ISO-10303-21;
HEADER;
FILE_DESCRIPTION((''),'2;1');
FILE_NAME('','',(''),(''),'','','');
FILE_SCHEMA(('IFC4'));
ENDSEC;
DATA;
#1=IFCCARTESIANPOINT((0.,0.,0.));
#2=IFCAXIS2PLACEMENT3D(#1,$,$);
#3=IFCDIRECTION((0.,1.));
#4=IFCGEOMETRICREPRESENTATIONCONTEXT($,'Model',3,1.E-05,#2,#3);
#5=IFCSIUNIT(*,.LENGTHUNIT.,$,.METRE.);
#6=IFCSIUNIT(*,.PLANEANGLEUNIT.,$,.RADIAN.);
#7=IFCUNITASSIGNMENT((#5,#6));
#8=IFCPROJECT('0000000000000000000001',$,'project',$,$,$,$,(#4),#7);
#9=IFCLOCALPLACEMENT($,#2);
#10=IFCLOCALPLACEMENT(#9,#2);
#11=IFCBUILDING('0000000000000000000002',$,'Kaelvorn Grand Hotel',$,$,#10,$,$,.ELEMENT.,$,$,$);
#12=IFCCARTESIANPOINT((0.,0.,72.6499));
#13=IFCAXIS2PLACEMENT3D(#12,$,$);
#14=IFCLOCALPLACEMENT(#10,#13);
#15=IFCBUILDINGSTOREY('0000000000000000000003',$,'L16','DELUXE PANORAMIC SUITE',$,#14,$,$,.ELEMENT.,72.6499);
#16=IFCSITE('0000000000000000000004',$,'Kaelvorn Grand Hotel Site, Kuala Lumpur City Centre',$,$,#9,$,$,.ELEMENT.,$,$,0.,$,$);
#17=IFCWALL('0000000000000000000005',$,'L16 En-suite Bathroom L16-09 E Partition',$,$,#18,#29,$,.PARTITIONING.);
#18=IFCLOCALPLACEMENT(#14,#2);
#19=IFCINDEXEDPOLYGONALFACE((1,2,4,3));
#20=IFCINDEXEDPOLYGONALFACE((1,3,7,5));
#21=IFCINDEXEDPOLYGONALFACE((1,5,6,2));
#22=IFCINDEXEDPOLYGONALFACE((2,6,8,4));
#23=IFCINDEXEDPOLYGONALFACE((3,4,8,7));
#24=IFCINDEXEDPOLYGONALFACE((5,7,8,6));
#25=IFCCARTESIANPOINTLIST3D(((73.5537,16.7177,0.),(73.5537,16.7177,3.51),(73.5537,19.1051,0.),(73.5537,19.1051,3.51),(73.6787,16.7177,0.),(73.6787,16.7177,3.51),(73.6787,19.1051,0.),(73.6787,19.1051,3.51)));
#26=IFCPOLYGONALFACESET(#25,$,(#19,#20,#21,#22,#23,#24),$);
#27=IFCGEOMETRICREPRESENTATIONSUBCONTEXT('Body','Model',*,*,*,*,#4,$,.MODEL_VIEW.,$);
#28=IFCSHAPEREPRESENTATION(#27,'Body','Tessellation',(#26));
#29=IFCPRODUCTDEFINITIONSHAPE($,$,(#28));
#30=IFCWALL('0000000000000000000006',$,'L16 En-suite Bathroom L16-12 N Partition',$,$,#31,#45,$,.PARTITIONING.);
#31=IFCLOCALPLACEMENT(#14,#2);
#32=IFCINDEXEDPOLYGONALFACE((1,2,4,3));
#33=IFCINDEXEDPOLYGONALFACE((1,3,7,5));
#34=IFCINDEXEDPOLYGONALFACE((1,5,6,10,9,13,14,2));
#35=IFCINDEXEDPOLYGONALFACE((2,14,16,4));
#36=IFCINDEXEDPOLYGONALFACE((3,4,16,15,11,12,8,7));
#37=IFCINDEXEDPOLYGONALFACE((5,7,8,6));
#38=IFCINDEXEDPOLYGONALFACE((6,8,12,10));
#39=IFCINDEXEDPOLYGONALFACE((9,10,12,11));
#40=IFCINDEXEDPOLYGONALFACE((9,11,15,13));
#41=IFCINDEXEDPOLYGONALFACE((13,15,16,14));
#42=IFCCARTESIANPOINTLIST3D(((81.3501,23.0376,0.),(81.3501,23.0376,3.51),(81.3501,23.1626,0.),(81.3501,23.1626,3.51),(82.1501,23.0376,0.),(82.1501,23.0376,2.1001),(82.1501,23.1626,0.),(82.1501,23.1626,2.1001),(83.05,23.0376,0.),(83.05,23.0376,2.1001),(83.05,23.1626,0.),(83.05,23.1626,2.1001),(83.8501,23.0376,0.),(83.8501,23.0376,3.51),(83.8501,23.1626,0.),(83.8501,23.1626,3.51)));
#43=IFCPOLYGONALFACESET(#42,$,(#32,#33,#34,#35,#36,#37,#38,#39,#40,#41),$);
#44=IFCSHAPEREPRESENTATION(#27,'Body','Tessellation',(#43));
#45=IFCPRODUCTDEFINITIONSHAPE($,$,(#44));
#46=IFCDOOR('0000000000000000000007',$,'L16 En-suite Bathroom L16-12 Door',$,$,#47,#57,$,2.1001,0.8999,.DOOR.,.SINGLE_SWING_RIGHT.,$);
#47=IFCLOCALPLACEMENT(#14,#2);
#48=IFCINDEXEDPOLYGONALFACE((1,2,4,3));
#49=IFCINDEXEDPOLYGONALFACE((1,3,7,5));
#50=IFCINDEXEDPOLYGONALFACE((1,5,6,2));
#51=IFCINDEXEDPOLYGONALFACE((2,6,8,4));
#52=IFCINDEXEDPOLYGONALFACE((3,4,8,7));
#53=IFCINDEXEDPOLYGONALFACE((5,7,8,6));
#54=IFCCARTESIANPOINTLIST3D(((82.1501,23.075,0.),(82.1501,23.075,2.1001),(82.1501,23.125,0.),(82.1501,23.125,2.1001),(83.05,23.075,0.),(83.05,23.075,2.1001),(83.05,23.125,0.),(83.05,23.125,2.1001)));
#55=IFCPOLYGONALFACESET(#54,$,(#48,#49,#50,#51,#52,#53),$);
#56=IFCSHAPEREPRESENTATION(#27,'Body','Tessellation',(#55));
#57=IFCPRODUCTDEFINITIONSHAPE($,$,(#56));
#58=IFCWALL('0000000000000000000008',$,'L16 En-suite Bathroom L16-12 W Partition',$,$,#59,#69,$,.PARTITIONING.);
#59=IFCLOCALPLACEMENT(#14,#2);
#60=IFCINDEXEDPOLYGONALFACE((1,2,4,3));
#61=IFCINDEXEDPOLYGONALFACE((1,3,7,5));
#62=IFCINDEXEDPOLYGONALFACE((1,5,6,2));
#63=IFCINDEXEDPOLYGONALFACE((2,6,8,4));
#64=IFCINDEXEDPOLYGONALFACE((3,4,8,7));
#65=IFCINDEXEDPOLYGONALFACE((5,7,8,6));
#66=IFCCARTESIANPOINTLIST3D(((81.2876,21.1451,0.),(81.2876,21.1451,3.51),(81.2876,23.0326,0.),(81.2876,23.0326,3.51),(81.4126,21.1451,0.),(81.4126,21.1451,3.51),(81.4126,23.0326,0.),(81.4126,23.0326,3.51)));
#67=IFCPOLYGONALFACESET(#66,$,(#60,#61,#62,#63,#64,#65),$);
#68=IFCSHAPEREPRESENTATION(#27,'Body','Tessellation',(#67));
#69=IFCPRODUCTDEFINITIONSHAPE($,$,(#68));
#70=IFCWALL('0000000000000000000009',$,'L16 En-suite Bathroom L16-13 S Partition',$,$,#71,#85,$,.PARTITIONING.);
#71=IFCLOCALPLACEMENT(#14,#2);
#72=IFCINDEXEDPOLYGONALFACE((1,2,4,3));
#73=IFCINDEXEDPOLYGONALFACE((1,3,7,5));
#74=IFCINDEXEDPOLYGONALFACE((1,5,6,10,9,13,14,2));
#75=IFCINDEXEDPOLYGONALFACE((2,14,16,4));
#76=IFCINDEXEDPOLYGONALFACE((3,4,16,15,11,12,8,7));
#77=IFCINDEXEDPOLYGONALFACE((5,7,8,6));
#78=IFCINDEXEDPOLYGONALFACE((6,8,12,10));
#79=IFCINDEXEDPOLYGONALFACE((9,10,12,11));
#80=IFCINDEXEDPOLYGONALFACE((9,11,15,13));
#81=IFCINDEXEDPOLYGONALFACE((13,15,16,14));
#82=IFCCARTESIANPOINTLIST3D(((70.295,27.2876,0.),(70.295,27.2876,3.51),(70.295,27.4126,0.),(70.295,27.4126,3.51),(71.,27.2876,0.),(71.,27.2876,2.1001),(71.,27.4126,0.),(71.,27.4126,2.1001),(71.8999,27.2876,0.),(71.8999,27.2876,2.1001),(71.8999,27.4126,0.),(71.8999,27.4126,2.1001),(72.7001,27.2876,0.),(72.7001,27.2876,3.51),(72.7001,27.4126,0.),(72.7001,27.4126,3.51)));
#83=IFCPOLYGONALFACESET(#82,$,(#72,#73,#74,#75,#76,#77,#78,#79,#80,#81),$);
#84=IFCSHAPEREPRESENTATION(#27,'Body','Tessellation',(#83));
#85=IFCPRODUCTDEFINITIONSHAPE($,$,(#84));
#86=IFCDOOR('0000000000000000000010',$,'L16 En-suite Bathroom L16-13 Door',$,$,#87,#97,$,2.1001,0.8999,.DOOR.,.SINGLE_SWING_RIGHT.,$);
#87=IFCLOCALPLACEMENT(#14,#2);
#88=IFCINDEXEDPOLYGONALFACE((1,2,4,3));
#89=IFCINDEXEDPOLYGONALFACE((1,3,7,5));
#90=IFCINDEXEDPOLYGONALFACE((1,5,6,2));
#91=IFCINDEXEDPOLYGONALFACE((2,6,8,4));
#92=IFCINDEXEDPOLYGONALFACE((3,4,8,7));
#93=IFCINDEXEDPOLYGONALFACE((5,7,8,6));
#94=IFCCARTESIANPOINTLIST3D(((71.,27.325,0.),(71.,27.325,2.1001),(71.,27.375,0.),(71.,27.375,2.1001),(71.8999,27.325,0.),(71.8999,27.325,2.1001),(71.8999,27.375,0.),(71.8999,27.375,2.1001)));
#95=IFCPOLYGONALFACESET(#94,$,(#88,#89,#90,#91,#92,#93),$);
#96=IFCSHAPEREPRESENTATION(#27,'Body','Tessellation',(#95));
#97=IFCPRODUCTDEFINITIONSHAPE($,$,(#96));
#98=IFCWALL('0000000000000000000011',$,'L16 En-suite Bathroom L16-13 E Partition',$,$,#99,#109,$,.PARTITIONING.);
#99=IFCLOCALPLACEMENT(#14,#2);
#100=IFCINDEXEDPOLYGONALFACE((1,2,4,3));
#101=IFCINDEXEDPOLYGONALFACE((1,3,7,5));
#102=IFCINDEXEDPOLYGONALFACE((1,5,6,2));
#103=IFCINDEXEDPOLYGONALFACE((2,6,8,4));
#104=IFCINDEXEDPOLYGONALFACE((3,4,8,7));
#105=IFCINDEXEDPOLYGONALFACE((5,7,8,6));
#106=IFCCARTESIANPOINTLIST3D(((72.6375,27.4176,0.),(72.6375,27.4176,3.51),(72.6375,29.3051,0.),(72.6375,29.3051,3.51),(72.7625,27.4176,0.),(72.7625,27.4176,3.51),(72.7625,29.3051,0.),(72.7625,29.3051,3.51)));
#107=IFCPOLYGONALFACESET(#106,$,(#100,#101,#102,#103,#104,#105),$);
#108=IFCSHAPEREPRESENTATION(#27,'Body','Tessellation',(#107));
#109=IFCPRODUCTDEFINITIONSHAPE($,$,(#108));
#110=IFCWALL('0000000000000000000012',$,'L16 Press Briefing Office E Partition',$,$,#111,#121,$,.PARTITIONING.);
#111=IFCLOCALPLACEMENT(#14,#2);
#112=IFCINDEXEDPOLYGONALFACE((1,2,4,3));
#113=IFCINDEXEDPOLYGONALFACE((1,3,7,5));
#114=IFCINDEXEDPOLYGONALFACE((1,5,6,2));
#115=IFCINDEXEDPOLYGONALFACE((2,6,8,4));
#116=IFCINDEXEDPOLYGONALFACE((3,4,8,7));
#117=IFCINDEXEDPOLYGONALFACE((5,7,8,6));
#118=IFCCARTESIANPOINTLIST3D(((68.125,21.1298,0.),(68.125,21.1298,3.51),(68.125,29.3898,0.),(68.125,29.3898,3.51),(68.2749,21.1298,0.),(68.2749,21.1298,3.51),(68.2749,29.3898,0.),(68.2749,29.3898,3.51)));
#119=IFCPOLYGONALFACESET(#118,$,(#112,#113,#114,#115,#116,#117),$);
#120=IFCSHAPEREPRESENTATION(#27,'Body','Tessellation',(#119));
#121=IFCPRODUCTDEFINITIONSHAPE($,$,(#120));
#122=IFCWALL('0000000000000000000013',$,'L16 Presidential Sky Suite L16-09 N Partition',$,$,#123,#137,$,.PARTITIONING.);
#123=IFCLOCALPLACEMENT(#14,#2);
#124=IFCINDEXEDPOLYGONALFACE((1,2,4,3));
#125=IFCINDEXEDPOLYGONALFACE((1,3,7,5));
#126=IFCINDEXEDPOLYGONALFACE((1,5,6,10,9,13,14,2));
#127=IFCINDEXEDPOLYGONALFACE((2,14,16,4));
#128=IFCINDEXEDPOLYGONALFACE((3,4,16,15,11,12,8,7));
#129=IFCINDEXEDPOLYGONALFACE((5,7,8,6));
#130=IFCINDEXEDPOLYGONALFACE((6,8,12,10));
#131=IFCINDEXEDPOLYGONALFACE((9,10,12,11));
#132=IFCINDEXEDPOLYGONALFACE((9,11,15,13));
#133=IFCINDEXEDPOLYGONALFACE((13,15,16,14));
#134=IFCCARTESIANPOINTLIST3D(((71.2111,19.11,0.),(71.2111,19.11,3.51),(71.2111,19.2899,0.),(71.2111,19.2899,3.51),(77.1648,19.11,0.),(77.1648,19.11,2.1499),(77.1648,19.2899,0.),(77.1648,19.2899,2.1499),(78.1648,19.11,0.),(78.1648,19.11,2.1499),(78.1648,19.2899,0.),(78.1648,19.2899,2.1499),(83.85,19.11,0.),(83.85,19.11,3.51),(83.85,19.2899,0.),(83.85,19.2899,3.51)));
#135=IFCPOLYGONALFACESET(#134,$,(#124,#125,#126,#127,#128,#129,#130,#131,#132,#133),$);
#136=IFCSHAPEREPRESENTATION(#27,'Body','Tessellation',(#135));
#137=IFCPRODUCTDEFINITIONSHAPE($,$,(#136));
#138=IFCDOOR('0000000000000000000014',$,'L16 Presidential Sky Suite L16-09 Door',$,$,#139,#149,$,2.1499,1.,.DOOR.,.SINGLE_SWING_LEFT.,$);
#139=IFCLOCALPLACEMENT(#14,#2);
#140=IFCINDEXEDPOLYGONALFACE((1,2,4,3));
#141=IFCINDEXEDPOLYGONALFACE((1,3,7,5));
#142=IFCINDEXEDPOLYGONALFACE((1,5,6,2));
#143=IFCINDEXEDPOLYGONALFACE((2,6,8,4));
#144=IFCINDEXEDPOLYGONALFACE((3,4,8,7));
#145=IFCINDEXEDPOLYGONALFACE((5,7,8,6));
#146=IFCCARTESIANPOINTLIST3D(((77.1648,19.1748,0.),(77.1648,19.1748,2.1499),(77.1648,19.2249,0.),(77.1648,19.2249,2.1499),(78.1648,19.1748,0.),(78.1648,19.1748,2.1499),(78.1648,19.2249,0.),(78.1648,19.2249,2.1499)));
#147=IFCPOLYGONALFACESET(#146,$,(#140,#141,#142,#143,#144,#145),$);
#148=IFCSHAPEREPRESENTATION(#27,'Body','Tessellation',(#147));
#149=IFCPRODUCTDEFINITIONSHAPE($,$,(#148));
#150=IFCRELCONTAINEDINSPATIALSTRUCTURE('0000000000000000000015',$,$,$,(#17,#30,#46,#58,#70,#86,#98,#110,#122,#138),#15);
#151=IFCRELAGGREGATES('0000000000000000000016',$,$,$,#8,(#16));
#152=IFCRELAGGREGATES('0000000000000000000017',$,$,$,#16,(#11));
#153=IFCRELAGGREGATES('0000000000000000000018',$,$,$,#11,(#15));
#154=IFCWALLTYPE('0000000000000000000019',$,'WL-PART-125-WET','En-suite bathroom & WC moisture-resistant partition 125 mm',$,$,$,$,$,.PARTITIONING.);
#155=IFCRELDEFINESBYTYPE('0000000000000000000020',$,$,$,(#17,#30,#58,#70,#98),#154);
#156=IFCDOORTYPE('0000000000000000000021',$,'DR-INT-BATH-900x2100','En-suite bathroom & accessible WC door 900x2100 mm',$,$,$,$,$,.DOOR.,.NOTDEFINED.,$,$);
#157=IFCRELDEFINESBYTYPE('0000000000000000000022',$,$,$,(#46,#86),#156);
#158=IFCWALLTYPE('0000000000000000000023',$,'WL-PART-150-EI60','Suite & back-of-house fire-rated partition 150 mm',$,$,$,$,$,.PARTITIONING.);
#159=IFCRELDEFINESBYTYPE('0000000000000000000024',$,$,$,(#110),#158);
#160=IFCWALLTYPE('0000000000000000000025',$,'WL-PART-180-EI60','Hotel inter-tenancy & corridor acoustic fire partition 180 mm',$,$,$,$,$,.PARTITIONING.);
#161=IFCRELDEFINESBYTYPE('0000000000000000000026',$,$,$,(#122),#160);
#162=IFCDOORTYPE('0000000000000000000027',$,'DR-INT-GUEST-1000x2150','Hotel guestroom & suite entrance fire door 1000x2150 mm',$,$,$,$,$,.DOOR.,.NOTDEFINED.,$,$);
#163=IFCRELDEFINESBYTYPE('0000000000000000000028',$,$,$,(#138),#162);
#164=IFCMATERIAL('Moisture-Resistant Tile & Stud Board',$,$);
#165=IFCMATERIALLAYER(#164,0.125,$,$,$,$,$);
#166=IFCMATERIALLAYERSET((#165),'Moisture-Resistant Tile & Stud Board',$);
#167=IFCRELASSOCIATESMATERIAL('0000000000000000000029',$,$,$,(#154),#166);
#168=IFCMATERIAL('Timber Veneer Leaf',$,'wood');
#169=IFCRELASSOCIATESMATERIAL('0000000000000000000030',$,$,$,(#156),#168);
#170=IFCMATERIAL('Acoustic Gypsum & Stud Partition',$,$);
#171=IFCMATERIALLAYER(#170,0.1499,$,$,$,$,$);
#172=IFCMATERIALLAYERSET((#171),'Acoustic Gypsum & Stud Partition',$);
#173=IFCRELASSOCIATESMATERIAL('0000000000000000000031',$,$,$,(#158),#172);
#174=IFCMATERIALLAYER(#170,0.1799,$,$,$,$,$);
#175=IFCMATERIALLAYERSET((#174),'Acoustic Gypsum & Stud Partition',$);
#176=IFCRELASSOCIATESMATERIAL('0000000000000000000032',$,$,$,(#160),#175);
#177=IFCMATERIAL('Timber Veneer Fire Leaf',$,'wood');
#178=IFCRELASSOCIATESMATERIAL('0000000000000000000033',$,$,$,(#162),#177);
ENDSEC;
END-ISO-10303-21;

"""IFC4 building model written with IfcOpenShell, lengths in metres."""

from ifc_helpers import new_model, si_unit, direction, frame, frame_2d, origin, place, context, subcontext, project, spatial, rectangle, extrude, material, layer, layer_set, type_object, element, fill, save


model = new_model("IFC4")

# Units and contexts
model_context = context("Model", 3, precision=1e-05, world=origin(), true_north=direction((0.0, 1.0)))
body_context = subcontext(model_context, "Body", "Model", "MODEL_VIEW")
ifc_project = project(units=[si_unit("LENGTHUNIT", "METRE"), si_unit("PLANEANGLEUNIT", "RADIAN")], contexts=[model_context])

# Site, building, storey
site_placement = place(None, origin())
site = spatial("IfcSite", under=ifc_project, at=site_placement, Name="Kaelvorn Grand Hotel Site, Kuala Lumpur City Centre", CompositionType="ELEMENT", RefElevation=0.0)
building_placement = place(site_placement, origin())
building = spatial("IfcBuilding", under=site, at=building_placement, Name="Kaelvorn Grand Hotel", CompositionType="ELEMENT")
storey_placement = place(building_placement, frame((0.0, 0.0, 72.6499)))
storey = spatial("IfcBuildingStorey", under=building, at=storey_placement, Name="L16", Description="DELUXE PANORAMIC SUITE", CompositionType="ELEMENT", Elevation=72.6499)

# Shared definitions
ifc_material_1 = material(Name="Moisture-Resistant Tile & Stud Board")
ifc_layer_1 = layer(ifc_material_1, 0.125)
ifc_layer_set_1 = layer_set([ifc_layer_1], Name="Moisture-Resistant Tile & Stud Board")
wall_type_1 = type_object("IfcWallType", Name="WL-PART-125-WET", Description="En-suite bathroom & WC moisture-resistant partition 125 mm", PredefinedType="PARTITIONING", material=ifc_layer_set_1)

# Shared definitions
ifc_material_2 = material(Name="Timber Veneer Leaf", Category="wood")
door_type_1 = type_object("IfcDoorType", Name="DR-INT-BATH-900x2100", Description="En-suite bathroom & accessible WC door 900x2100 mm", OperationType="NOTDEFINED", PredefinedType="DOOR", material=ifc_material_2)

# Wall
wall_1_placement = place(storey_placement, frame((73.6162, 16.7175, 0.0), z_axis=(0.0, 0.0, 1.0), x_axis=(0.0, 1.0, 0.0)))
element("IfcWall", 1, at=wall_1_placement, inside=storey, type_object=wall_type_1, Name="L16 En-suite Bathroom L16-09 E Partition", PredefinedType="PARTITIONING", context=body_context, shape_type="SweptSolid", body=[
    extrude(rectangle(XDim=2.3875, YDim=0.125, at=frame_2d((1.1938, 0.0))), origin(), (0.0, 0.0, 1.0), 3.51),
])

# Wall, opening, door
wall_2_placement = place(storey_placement, frame((81.3501, 23.1001, 0.0), z_axis=(0.0, 0.0, 1.0), x_axis=(1.0, 0.0, 0.0)))
wall_2 = element("IfcWall", 2, at=wall_2_placement, inside=storey, type_object=wall_type_1, Name="L16 En-suite Bathroom L16-12 N Partition", PredefinedType="PARTITIONING", context=body_context, shape_type="SweptSolid", body=[
    extrude(rectangle(XDim=2.5, YDim=0.125, at=frame_2d((1.25, 0.0))), origin(), (0.0, 0.0, 1.0), 3.51),
])
opening_1_placement = place(wall_2_placement, frame((0.8, 0.0, 0.0)))
opening_1 = element("IfcOpeningElement", 3, at=opening_1_placement, cuts=wall_2, PredefinedType="OPENING", context=body_context, shape_type="SweptSolid", body=[
    extrude(rectangle(XDim=0.8999, YDim=2.1001, at=frame_2d((0.45, 1.05))), frame((0.0, 0.0725, 0.0), z_axis=(0.0, -1.0, 0.0), x_axis=(1.0, 0.0, 0.0)), (0.0, 0.0, 1.0), 0.145),
])
door_1_placement = place(opening_1_placement, origin())
door_1 = element("IfcDoor", 4, at=door_1_placement, inside=storey, type_object=door_type_1, Name="L16 En-suite Bathroom L16-12 Door", OperationType="SINGLE_SWING_RIGHT", OverallHeight=2.1001, OverallWidth=0.8999, PredefinedType="DOOR", context=body_context, shape_type="SweptSolid", body=[
    extrude(rectangle(XDim=0.8999, YDim=2.1001, at=frame_2d((0.45, 1.05))), frame((0.0, 0.0249, 0.0), z_axis=(0.0, -1.0, 0.0), x_axis=(1.0, 0.0, 0.0)), (0.0, 0.0, 1.0), 0.05),
])
fill(opening_1, door_1)

# Wall
wall_3_placement = place(storey_placement, frame((81.3501, 21.145, 0.0), z_axis=(0.0, 0.0, 1.0), x_axis=(0.0, 1.0, 0.0)))
element("IfcWall", 5, at=wall_3_placement, inside=storey, type_object=wall_type_1, Name="L16 En-suite Bathroom L16-12 W Partition", PredefinedType="PARTITIONING", context=body_context, shape_type="SweptSolid", body=[
    extrude(rectangle(XDim=1.8875, YDim=0.125, at=frame_2d((0.9438, 0.0))), origin(), (0.0, 0.0, 1.0), 3.51),
])

# Wall, opening, door
wall_4_placement = place(storey_placement, frame((70.2949, 27.3501, 0.0), z_axis=(0.0, 0.0, 1.0), x_axis=(1.0, 0.0, 0.0)))
wall_4 = element("IfcWall", 6, at=wall_4_placement, inside=storey, type_object=wall_type_1, Name="L16 En-suite Bathroom L16-13 S Partition", PredefinedType="PARTITIONING", context=body_context, shape_type="SweptSolid", body=[
    extrude(rectangle(XDim=2.405, YDim=0.125, at=frame_2d((1.2026, 0.0))), origin(), (0.0, 0.0, 1.0), 3.51),
])
opening_2_placement = place(wall_4_placement, frame((0.7051, 0.0, 0.0)))
opening_2 = element("IfcOpeningElement", 7, at=opening_2_placement, cuts=wall_4, PredefinedType="OPENING", context=body_context, shape_type="SweptSolid", body=[
    extrude(rectangle(XDim=0.8999, YDim=2.1001, at=frame_2d((0.45, 1.05))), frame((0.0, 0.0725, 0.0), z_axis=(0.0, -1.0, 0.0), x_axis=(1.0, 0.0, 0.0)), (0.0, 0.0, 1.0), 0.145),
])
door_2_placement = place(opening_2_placement, origin())
door_2 = element("IfcDoor", 8, at=door_2_placement, inside=storey, type_object=door_type_1, Name="L16 En-suite Bathroom L16-13 Door", OperationType="SINGLE_SWING_RIGHT", OverallHeight=2.1001, OverallWidth=0.8999, PredefinedType="DOOR", context=body_context, shape_type="SweptSolid", body=[
    extrude(rectangle(XDim=0.8999, YDim=2.1001, at=frame_2d((0.45, 1.05))), frame((0.0, 0.0249, 0.0), z_axis=(0.0, -1.0, 0.0), x_axis=(1.0, 0.0, 0.0)), (0.0, 0.0, 1.0), 0.05),
])
fill(opening_2, door_2)

# Walls
wall_5_placement = place(storey_placement, frame((72.7, 27.4175, 0.0), z_axis=(0.0, 0.0, 1.0), x_axis=(0.0, 1.0, 0.0)))
element("IfcWall", 9, at=wall_5_placement, inside=storey, type_object=wall_type_1, Name="L16 En-suite Bathroom L16-13 E Partition", PredefinedType="PARTITIONING", context=body_context, shape_type="SweptSolid", body=[
    extrude(rectangle(XDim=1.8875, YDim=0.125, at=frame_2d((0.9438, 0.0))), origin(), (0.0, 0.0, 1.0), 3.51),
])
ifc_material_3 = material(Name="Acoustic Gypsum & Stud Partition")
ifc_layer_2 = layer(ifc_material_3, 0.1499)
ifc_layer_set_2 = layer_set([ifc_layer_2], Name="Acoustic Gypsum & Stud Partition")
wall_type_2 = type_object("IfcWallType", Name="WL-PART-150-EI60", Description="Suite & back-of-house fire-rated partition 150 mm", PredefinedType="PARTITIONING", material=ifc_layer_set_2)
wall_6_placement = place(storey_placement, frame((68.2, 21.1299, 0.0), z_axis=(0.0, 0.0, 1.0), x_axis=(0.0, 1.0, 0.0)))
element("IfcWall", 10, at=wall_6_placement, inside=storey, type_object=wall_type_2, Name="L16 Press Briefing Office E Partition", PredefinedType="PARTITIONING", context=body_context, shape_type="SweptSolid", body=[
    extrude(rectangle(XDim=8.26, YDim=0.1499, at=frame_2d((4.1299, 0.0))), origin(), (0.0, 0.0, 1.0), 3.51),
])

# Wall, opening, door
ifc_layer_3 = layer(ifc_material_3, 0.1799)
ifc_layer_set_3 = layer_set([ifc_layer_3], Name="Acoustic Gypsum & Stud Partition")
wall_type_3 = type_object("IfcWallType", Name="WL-PART-180-EI60", Description="Hotel inter-tenancy & corridor acoustic fire partition 180 mm", PredefinedType="PARTITIONING", material=ifc_layer_set_3)
wall_7_placement = place(storey_placement, frame((71.2112, 19.2, 0.0), z_axis=(0.0, 0.0, 1.0), x_axis=(1.0, 0.0, 0.0)))
wall_7 = element("IfcWall", 11, at=wall_7_placement, inside=storey, type_object=wall_type_3, Name="L16 Presidential Sky Suite L16-09 N Partition", PredefinedType="PARTITIONING", context=body_context, shape_type="SweptSolid", body=[
    extrude(rectangle(XDim=12.6389, YDim=0.1799, at=frame_2d((6.3193, 0.0))), origin(), (0.0, 0.0, 1.0), 3.51),
])
opening_3_placement = place(wall_7_placement, frame((5.9536, 0.0, 0.0)))
opening_3 = element("IfcOpeningElement", 12, at=opening_3_placement, cuts=wall_7, PredefinedType="OPENING", context=body_context, shape_type="SweptSolid", body=[
    extrude(rectangle(XDim=1.0, YDim=2.1499, at=frame_2d((0.5, 1.075))), frame((0.0, 0.1001, 0.0), z_axis=(0.0, -1.0, 0.0), x_axis=(1.0, 0.0, 0.0)), (0.0, 0.0, 1.0), 0.2),
])
ifc_material_4 = material(Name="Timber Veneer Fire Leaf", Category="wood")
door_type_2 = type_object("IfcDoorType", Name="DR-INT-GUEST-1000x2150", Description="Hotel guestroom & suite entrance fire door 1000x2150 mm", OperationType="NOTDEFINED", PredefinedType="DOOR", material=ifc_material_4)
door_3_placement = place(opening_3_placement, origin())
door_3 = element("IfcDoor", 13, at=door_3_placement, inside=storey, type_object=door_type_2, Name="L16 Presidential Sky Suite L16-09 Door", OperationType="SINGLE_SWING_LEFT", OverallHeight=2.1499, OverallWidth=1.0, PredefinedType="DOOR", context=body_context, shape_type="SweptSolid", body=[
    extrude(rectangle(XDim=1.0, YDim=2.1499, at=frame_2d((0.5, 1.075))), frame((0.0, 0.0249, 0.0), z_axis=(0.0, -1.0, 0.0), x_axis=(1.0, 0.0, 0.0)), (0.0, 0.0, 1.0), 0.05),
])
fill(opening_3, door_3)

save(model, "model.ifc")
